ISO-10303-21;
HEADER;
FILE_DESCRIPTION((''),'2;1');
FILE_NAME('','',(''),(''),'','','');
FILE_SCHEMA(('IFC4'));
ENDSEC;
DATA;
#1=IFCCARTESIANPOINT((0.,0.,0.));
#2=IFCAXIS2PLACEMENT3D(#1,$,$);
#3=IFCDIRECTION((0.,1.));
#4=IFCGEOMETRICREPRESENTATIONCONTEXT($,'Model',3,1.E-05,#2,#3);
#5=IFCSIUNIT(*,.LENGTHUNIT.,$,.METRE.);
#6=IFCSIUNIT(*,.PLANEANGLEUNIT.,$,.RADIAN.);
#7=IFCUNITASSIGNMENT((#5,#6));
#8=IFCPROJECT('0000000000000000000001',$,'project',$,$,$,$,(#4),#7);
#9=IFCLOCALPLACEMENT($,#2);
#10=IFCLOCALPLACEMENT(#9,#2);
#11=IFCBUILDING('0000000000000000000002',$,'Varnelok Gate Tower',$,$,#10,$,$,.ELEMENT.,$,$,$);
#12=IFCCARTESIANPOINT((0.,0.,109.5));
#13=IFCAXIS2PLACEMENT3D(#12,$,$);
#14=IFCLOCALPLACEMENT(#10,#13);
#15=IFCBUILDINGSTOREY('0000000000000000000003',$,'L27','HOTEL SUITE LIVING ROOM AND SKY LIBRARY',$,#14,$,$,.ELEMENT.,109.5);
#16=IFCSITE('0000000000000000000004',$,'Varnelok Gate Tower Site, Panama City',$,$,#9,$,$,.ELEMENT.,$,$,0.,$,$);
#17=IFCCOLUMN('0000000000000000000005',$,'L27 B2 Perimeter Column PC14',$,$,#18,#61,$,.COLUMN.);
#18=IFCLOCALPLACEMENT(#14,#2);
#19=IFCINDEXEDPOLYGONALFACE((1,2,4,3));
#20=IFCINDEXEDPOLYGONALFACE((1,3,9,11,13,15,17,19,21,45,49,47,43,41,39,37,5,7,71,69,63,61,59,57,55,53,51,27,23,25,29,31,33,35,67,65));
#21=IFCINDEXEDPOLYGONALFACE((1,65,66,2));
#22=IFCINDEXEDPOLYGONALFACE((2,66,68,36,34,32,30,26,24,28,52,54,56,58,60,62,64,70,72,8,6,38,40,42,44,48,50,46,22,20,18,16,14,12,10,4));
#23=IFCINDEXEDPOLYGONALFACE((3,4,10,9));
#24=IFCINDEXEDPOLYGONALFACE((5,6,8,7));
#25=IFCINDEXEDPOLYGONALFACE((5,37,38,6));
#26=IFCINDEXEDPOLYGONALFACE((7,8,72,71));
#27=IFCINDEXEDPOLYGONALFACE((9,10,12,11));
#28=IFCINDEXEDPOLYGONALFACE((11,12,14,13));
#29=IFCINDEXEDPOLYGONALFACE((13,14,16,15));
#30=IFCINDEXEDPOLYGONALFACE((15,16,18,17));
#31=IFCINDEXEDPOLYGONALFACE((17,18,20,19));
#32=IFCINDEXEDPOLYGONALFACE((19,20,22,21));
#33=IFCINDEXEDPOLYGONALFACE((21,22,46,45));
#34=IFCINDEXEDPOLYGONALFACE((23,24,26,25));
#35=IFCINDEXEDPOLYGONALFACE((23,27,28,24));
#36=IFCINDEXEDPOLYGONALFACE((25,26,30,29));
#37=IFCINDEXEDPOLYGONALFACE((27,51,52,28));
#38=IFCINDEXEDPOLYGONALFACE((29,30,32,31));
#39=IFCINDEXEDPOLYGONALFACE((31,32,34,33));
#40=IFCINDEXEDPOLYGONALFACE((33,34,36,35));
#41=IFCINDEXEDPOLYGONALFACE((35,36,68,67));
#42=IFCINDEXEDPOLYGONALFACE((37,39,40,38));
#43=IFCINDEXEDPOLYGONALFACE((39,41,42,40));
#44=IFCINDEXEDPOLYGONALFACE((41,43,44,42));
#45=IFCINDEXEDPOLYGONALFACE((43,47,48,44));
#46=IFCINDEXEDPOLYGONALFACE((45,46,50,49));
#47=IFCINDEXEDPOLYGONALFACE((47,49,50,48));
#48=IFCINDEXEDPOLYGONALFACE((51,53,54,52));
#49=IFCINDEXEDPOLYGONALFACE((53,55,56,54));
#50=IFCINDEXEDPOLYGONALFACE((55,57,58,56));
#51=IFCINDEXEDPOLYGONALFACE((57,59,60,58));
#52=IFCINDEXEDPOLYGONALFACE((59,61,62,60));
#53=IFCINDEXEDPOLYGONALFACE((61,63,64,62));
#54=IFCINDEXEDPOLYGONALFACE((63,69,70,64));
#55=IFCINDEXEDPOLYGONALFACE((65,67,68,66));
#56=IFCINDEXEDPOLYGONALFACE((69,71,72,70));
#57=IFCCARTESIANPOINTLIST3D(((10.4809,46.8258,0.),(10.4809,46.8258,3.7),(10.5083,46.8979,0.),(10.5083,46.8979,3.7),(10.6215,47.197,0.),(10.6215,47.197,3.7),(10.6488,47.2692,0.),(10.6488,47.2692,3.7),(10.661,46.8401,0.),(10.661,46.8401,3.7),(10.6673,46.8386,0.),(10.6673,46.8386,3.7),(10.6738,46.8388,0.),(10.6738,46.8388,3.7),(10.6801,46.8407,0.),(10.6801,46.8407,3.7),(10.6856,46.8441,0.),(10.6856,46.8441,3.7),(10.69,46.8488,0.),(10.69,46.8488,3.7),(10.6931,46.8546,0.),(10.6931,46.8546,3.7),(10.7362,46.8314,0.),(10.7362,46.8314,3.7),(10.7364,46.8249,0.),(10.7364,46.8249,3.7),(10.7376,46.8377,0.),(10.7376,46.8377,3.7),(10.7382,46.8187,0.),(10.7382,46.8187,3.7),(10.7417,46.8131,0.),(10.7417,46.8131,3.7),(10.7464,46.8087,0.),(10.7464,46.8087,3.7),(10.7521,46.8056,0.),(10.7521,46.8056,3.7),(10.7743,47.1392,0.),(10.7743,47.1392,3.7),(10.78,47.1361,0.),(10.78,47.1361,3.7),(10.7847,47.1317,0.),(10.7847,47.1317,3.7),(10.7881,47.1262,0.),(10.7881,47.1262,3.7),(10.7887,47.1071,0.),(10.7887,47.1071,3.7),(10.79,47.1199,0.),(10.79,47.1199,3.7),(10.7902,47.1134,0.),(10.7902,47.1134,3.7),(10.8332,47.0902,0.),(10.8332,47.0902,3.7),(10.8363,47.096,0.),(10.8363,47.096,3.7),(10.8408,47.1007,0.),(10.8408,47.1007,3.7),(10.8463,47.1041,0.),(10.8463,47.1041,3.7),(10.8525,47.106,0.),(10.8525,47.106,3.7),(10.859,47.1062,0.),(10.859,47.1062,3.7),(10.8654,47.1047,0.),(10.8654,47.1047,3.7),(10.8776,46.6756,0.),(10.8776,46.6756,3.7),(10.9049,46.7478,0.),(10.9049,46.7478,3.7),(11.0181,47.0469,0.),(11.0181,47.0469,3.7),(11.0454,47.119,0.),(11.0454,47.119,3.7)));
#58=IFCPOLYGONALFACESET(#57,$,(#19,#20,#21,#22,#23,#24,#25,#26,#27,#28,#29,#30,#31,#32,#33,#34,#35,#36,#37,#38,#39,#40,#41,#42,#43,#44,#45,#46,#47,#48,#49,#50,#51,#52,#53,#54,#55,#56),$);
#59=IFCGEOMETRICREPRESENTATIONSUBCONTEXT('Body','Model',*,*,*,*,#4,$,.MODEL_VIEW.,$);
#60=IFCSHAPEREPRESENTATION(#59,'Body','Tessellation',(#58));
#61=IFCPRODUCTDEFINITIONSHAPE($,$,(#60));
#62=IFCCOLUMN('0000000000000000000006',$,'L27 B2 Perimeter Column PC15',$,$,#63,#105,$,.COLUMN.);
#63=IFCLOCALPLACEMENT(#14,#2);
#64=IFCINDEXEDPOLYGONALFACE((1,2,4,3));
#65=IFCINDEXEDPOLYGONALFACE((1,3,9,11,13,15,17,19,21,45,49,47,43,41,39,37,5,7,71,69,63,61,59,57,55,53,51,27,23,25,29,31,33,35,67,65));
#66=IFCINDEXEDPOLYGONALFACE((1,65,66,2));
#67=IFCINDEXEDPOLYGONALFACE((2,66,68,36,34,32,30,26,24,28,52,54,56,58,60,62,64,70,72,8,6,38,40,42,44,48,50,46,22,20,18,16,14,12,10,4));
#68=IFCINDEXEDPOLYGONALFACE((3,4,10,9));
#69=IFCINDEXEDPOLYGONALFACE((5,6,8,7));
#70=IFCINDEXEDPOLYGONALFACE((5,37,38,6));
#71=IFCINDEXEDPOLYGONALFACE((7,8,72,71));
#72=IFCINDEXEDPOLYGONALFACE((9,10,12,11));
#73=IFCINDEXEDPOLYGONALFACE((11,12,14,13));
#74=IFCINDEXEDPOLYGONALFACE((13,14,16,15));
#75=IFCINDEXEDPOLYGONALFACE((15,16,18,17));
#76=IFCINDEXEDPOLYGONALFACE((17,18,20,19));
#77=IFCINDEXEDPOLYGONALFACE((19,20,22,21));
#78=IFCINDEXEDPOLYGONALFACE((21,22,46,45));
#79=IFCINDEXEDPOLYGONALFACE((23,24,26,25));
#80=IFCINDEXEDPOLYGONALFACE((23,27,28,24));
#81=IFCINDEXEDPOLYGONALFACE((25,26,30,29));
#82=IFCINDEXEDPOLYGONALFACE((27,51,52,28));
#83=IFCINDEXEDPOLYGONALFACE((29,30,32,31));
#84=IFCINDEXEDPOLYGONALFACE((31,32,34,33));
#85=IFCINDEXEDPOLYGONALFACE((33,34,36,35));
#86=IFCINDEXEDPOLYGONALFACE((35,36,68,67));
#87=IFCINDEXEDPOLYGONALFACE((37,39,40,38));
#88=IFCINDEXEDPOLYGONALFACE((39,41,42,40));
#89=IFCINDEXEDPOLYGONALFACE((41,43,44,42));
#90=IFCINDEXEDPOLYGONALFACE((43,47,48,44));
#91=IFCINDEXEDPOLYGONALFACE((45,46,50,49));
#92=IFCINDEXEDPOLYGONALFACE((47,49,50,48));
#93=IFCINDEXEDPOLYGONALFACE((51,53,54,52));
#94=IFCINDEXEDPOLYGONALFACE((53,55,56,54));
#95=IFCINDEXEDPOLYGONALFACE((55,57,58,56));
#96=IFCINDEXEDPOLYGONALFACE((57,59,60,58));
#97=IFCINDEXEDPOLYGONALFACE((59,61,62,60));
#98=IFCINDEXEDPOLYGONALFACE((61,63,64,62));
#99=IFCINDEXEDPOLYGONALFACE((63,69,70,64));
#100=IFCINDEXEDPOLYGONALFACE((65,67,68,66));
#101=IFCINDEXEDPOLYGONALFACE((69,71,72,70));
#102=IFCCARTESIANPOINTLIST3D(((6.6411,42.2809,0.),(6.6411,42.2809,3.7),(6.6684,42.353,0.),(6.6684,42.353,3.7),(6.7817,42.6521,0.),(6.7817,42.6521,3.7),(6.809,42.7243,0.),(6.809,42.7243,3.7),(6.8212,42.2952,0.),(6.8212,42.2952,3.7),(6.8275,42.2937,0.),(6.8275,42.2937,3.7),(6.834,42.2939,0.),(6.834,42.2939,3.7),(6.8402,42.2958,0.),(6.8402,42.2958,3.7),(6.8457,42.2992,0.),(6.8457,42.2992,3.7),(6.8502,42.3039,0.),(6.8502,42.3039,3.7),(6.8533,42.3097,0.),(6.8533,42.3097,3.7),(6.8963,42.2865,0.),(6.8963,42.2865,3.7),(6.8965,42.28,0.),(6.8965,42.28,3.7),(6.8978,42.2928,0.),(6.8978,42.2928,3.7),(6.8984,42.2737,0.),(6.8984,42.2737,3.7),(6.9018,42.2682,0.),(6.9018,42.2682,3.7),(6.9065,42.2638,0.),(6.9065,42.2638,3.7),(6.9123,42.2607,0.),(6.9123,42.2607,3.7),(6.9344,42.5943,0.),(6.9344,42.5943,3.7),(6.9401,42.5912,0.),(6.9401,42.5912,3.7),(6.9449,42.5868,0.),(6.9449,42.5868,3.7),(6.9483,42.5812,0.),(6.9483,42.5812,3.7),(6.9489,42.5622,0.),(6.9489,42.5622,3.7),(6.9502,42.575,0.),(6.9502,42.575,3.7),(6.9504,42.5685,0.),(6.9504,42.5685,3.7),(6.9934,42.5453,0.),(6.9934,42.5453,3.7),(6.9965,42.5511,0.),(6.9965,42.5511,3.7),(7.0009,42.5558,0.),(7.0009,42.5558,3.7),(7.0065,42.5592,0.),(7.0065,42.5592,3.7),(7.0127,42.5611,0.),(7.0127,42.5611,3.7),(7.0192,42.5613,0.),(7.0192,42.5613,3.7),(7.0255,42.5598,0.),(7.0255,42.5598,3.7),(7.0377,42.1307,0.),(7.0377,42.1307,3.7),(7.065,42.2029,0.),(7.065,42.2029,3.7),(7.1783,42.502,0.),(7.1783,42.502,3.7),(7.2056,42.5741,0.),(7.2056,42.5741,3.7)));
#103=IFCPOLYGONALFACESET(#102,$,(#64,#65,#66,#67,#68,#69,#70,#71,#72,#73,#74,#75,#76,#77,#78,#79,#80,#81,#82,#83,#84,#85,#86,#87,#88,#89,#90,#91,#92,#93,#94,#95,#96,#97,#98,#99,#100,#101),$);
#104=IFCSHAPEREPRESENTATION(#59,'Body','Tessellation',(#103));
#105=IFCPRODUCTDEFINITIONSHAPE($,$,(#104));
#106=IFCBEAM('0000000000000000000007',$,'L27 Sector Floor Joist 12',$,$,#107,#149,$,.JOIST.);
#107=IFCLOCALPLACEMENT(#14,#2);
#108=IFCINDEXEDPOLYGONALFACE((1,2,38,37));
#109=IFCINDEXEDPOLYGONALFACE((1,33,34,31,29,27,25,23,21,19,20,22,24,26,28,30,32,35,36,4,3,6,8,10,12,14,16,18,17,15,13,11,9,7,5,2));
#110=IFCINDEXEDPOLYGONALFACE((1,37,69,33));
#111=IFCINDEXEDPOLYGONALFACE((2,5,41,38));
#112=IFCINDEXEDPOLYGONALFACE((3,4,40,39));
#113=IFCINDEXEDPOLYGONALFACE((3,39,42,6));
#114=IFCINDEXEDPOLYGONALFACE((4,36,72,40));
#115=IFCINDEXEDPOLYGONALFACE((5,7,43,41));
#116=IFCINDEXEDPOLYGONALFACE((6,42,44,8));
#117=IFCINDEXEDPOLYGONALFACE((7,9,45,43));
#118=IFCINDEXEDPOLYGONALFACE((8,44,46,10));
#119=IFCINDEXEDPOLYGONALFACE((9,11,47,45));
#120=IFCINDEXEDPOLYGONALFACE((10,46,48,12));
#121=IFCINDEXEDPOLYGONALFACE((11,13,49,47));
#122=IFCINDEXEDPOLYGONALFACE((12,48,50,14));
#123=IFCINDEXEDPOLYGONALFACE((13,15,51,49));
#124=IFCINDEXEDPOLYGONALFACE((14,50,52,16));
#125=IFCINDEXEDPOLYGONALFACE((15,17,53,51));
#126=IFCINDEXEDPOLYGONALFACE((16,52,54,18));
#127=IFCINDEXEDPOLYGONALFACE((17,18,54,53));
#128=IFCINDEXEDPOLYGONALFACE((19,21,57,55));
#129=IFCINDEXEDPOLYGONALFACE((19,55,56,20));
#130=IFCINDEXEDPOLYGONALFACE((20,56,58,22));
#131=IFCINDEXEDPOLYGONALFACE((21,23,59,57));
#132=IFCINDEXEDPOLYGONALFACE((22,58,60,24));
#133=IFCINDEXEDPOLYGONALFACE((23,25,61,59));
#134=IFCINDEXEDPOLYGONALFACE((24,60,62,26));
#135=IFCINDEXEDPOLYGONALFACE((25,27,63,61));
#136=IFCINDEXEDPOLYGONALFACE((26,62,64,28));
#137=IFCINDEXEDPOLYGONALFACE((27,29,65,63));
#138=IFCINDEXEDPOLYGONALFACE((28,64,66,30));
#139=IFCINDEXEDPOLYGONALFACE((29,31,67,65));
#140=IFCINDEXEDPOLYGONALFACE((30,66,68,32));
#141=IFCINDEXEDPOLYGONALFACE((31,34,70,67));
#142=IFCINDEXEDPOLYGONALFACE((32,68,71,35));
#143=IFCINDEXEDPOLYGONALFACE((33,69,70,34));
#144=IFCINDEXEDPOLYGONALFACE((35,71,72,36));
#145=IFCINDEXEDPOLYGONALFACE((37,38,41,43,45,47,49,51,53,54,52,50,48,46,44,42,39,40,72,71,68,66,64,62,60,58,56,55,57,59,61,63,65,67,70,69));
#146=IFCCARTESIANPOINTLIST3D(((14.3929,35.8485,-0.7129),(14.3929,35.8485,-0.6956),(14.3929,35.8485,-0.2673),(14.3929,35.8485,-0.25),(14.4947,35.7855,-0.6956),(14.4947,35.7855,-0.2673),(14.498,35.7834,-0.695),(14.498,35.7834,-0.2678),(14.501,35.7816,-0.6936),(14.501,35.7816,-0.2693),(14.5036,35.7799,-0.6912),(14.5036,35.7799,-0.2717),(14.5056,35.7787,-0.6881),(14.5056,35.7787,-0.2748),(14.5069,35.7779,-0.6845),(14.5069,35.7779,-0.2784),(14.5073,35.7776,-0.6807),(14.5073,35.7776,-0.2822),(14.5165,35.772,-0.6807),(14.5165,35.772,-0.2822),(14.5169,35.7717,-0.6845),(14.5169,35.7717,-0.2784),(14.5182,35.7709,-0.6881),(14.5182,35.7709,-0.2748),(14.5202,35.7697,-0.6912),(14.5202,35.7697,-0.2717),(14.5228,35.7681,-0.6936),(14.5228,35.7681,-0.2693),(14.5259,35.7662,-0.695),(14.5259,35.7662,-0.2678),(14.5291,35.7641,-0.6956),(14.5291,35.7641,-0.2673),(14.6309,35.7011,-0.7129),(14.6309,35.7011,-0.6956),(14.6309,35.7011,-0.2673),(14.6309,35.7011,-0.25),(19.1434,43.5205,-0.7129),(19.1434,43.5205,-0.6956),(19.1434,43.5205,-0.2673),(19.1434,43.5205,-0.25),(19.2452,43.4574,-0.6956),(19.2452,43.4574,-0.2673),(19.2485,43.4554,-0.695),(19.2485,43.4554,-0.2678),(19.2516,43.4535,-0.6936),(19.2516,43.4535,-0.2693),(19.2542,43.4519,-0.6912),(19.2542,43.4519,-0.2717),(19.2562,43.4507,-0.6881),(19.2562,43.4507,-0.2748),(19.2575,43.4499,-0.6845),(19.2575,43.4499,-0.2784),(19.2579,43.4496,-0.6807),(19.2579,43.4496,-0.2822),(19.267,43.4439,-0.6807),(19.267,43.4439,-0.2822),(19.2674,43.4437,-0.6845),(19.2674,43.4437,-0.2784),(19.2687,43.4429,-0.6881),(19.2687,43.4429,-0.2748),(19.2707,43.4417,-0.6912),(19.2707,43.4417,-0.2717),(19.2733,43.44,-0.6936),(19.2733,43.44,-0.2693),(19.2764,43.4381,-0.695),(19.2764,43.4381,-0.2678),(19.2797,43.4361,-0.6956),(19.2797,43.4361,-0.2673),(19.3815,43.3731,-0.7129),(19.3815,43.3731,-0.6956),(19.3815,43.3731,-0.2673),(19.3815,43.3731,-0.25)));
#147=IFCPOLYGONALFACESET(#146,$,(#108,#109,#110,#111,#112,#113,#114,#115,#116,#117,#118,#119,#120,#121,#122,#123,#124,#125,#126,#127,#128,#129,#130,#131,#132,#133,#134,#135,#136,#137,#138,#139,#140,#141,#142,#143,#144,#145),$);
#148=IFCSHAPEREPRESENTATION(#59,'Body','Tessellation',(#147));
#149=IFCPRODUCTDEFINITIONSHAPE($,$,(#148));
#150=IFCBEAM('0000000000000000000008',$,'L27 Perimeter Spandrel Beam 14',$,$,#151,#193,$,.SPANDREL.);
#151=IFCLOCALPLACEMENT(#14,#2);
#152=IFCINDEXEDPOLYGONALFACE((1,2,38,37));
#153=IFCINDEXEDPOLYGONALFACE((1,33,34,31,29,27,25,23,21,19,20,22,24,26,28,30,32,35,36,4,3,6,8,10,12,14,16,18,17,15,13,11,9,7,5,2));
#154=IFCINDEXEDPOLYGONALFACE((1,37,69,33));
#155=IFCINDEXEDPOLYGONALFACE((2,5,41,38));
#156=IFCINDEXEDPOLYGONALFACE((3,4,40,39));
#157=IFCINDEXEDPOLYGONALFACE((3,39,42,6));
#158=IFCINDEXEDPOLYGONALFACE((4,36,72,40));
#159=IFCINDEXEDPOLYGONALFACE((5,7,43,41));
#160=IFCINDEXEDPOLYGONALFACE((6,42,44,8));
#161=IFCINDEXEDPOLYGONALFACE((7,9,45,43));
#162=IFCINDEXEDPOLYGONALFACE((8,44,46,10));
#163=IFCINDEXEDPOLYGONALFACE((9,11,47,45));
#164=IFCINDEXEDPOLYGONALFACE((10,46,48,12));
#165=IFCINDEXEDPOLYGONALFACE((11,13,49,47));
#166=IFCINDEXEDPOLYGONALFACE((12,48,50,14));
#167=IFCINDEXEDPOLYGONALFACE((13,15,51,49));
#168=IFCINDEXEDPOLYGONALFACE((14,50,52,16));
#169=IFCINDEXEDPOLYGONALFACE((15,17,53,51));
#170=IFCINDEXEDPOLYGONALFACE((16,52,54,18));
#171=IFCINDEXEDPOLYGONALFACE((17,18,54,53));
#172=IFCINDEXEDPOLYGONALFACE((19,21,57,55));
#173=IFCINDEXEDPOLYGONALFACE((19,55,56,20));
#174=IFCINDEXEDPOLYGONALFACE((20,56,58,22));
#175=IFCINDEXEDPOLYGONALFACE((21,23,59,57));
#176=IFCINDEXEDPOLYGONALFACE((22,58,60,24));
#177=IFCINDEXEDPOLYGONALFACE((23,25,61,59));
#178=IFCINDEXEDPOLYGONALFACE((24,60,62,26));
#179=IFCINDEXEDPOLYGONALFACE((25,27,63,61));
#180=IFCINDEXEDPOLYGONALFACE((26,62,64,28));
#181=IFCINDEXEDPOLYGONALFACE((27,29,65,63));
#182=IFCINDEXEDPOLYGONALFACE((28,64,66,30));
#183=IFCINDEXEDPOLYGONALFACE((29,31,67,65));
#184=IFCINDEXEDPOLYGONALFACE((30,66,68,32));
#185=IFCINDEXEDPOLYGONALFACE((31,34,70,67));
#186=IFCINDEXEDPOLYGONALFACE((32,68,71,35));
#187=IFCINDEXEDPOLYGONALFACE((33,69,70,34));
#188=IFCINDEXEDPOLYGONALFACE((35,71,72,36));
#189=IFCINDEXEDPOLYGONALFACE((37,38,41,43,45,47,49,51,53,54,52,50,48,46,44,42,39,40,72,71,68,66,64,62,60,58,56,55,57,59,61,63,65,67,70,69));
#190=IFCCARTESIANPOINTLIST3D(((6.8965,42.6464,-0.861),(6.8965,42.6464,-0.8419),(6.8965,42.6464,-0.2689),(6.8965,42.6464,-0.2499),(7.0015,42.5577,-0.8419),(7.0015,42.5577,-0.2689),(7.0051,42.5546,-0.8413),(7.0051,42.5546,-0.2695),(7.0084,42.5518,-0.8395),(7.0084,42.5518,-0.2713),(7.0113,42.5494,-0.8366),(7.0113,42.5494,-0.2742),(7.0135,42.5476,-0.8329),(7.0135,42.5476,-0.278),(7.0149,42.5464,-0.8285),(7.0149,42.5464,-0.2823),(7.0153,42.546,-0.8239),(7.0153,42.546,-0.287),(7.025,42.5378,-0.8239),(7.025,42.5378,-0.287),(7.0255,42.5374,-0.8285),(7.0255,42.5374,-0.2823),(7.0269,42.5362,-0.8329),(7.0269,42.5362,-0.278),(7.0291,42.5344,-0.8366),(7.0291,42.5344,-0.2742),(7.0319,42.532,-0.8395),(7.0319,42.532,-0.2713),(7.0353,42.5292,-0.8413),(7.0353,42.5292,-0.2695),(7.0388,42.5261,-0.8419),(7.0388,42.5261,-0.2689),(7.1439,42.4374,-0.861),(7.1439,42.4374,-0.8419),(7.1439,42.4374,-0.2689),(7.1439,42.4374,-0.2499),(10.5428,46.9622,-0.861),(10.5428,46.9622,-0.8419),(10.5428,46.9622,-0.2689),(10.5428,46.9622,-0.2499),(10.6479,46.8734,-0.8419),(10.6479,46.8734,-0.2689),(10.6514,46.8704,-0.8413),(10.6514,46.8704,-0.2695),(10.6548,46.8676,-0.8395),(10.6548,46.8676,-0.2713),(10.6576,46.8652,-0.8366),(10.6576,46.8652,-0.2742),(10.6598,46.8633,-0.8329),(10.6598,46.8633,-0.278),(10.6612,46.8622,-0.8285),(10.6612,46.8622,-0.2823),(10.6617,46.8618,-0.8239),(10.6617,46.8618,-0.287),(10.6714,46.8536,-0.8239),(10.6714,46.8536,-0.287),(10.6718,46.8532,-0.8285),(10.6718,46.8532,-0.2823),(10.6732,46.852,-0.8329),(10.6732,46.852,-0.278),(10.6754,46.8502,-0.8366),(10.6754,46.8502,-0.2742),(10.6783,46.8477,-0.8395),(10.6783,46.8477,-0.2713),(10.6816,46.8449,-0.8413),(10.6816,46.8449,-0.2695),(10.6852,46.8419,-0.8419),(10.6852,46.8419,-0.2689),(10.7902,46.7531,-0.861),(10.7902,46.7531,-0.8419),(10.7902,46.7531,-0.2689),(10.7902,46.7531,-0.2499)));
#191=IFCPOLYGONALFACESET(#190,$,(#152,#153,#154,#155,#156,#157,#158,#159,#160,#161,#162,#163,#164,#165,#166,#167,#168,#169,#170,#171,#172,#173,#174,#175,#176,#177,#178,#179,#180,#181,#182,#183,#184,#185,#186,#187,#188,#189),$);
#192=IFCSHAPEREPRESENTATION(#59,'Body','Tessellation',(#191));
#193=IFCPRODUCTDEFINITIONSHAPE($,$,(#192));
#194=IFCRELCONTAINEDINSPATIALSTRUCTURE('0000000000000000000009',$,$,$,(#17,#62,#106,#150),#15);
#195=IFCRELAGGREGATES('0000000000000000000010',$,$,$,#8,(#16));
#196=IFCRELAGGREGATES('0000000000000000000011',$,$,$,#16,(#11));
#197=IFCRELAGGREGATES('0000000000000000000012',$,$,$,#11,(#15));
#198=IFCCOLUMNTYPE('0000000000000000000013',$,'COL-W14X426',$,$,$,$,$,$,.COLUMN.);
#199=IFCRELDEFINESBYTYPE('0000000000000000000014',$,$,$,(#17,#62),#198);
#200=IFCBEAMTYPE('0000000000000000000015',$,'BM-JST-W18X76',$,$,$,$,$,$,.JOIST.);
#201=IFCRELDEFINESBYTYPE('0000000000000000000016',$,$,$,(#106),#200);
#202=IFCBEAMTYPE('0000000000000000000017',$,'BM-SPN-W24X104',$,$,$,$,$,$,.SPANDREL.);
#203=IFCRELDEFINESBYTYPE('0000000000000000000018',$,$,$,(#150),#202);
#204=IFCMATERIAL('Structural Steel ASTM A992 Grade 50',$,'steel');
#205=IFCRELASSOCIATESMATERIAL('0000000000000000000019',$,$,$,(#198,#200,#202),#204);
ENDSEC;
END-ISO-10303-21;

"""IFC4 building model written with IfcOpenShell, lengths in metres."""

from ifc_helpers import new_model, si_unit, direction, frame, origin, origin_2d, place, context, subcontext, project, spatial, i_section, extrude, material, material_profile, profile_set, type_object, element, save


model = new_model("IFC4")

# Units and contexts
model_context = context("Model", 3, precision=1e-05, world=origin(), true_north=direction((0.0, 1.0)))
body_context = subcontext(model_context, "Body", "Model", "MODEL_VIEW")
ifc_project = project(units=[si_unit("LENGTHUNIT", "METRE"), si_unit("PLANEANGLEUNIT", "RADIAN")], contexts=[model_context])

# Site, building, storey
site_placement = place(None, origin())
site = spatial("IfcSite", under=ifc_project, at=site_placement, Name="Varnelok Gate Tower Site, Panama City", CompositionType="ELEMENT", RefElevation=0.0)
building_placement = place(site_placement, origin())
building = spatial("IfcBuilding", under=site, at=building_placement, Name="Varnelok Gate Tower", CompositionType="ELEMENT")
storey_placement = place(building_placement, frame((0.0, 0.0, 109.5)))
storey = spatial("IfcBuildingStorey", under=building, at=storey_placement, Name="L27", Description="HOTEL SUITE LIVING ROOM AND SKY LIBRARY", CompositionType="ELEMENT", Elevation=109.5)

# Columns
ifc_material_1 = material(Name="Structural Steel ASTM A992 Grade 50", Category="steel")
ifc_material_profile_1 = material_profile(ifc_material_1, i_section(OverallWidth=0.4241, OverallDepth=0.4741, WebThickness=0.0476, FlangeThickness=0.0771, FilletRadius=0.0249, at=origin_2d()), Name="W14X426")
ifc_profile_set_1 = profile_set([ifc_material_profile_1], Name="Structural Steel ASTM A992 Grade 50")
column_type = type_object("IfcColumnType", Name="COL-W14X426", PredefinedType="COLUMN", material=ifc_profile_set_1)
for number, where, z_axis, x_axis, name in (
    (1, (10.7632, 46.9724, 0.0), (0.0, 0.0, 1.0), (0.935222, -0.354063, 0.0), "L27 B2 Perimeter Column PC14"),
    (2, (6.9233, 42.4275, 0.0), (0.0, 0.0, 1.0), (0.935222, -0.354063, 0.0), "L27 B2 Perimeter Column PC15"),
):
    element("IfcColumn", number, at=place(storey_placement, frame(where, z_axis=z_axis, x_axis=x_axis)), inside=storey, type_object=column_type, Name=name, PredefinedType="COLUMN", context=body_context, shape_type="SweptSolid", body=[
        extrude(i_section(OverallWidth=0.4241, OverallDepth=0.4741, WebThickness=0.0476, FlangeThickness=0.0771, FilletRadius=0.0249, at=origin_2d()), origin(), (0.0, 0.0, 1.0), 3.7),
    ])

# Beams
ifc_material_profile_2 = material_profile(ifc_material_1, i_section(OverallWidth=0.28, OverallDepth=0.4629, WebThickness=0.0107, FlangeThickness=0.0173, FilletRadius=0.0149, at=origin_2d()), Name="W18X76")
ifc_profile_set_2 = profile_set([ifc_material_profile_2], Name="Structural Steel ASTM A992 Grade 50")
beam_type_1 = type_object("IfcBeamType", Name="BM-JST-W18X76", PredefinedType="JOIST", material=ifc_profile_set_2)
beam_1_placement = place(storey_placement, frame((19.2625, 43.4468, -0.4814), z_axis=(-0.526453, -0.850204, 0.0), x_axis=(0.850204, -0.526453, 0.0)))
element("IfcBeam", 3, at=beam_1_placement, inside=storey, type_object=beam_type_1, Name="L27 Sector Floor Joist 12", PredefinedType="JOIST", context=body_context, shape_type="SweptSolid", body=[
    extrude(i_section(OverallWidth=0.28, OverallDepth=0.4629, WebThickness=0.0107, FlangeThickness=0.0173, FilletRadius=0.0149, at=origin_2d()), origin(), (0.0, 0.0, 1.0), 9.0237),
])
ifc_material_profile_3 = material_profile(ifc_material_1, i_section(OverallWidth=0.324, OverallDepth=0.6111, WebThickness=0.0127, FlangeThickness=0.019, FilletRadius=0.0181, at=origin_2d()), Name="W24X104")
ifc_profile_set_3 = profile_set([ifc_material_profile_3], Name="Structural Steel ASTM A992 Grade 50")
beam_type_2 = type_object("IfcBeamType", Name="BM-SPN-W24X104", PredefinedType="SPANDREL", material=ifc_profile_set_3)
beam_2_placement = place(storey_placement, frame((10.6665, 46.8577, -0.5554), z_axis=(-0.645376, -0.763865, 0.0), x_axis=(0.763865, -0.645376, 0.0)))
element("IfcBeam", 4, at=beam_2_placement, inside=storey, type_object=beam_type_2, Name="L27 Perimeter Spandrel Beam 14", PredefinedType="SPANDREL", context=body_context, shape_type="SweptSolid", body=[
    extrude(i_section(OverallWidth=0.324, OverallDepth=0.6111, WebThickness=0.0127, FlangeThickness=0.019, FilletRadius=0.0181, at=origin_2d()), origin(), (0.0, 0.0, 1.0), 5.6499),
])

save(model, "model.ifc")
